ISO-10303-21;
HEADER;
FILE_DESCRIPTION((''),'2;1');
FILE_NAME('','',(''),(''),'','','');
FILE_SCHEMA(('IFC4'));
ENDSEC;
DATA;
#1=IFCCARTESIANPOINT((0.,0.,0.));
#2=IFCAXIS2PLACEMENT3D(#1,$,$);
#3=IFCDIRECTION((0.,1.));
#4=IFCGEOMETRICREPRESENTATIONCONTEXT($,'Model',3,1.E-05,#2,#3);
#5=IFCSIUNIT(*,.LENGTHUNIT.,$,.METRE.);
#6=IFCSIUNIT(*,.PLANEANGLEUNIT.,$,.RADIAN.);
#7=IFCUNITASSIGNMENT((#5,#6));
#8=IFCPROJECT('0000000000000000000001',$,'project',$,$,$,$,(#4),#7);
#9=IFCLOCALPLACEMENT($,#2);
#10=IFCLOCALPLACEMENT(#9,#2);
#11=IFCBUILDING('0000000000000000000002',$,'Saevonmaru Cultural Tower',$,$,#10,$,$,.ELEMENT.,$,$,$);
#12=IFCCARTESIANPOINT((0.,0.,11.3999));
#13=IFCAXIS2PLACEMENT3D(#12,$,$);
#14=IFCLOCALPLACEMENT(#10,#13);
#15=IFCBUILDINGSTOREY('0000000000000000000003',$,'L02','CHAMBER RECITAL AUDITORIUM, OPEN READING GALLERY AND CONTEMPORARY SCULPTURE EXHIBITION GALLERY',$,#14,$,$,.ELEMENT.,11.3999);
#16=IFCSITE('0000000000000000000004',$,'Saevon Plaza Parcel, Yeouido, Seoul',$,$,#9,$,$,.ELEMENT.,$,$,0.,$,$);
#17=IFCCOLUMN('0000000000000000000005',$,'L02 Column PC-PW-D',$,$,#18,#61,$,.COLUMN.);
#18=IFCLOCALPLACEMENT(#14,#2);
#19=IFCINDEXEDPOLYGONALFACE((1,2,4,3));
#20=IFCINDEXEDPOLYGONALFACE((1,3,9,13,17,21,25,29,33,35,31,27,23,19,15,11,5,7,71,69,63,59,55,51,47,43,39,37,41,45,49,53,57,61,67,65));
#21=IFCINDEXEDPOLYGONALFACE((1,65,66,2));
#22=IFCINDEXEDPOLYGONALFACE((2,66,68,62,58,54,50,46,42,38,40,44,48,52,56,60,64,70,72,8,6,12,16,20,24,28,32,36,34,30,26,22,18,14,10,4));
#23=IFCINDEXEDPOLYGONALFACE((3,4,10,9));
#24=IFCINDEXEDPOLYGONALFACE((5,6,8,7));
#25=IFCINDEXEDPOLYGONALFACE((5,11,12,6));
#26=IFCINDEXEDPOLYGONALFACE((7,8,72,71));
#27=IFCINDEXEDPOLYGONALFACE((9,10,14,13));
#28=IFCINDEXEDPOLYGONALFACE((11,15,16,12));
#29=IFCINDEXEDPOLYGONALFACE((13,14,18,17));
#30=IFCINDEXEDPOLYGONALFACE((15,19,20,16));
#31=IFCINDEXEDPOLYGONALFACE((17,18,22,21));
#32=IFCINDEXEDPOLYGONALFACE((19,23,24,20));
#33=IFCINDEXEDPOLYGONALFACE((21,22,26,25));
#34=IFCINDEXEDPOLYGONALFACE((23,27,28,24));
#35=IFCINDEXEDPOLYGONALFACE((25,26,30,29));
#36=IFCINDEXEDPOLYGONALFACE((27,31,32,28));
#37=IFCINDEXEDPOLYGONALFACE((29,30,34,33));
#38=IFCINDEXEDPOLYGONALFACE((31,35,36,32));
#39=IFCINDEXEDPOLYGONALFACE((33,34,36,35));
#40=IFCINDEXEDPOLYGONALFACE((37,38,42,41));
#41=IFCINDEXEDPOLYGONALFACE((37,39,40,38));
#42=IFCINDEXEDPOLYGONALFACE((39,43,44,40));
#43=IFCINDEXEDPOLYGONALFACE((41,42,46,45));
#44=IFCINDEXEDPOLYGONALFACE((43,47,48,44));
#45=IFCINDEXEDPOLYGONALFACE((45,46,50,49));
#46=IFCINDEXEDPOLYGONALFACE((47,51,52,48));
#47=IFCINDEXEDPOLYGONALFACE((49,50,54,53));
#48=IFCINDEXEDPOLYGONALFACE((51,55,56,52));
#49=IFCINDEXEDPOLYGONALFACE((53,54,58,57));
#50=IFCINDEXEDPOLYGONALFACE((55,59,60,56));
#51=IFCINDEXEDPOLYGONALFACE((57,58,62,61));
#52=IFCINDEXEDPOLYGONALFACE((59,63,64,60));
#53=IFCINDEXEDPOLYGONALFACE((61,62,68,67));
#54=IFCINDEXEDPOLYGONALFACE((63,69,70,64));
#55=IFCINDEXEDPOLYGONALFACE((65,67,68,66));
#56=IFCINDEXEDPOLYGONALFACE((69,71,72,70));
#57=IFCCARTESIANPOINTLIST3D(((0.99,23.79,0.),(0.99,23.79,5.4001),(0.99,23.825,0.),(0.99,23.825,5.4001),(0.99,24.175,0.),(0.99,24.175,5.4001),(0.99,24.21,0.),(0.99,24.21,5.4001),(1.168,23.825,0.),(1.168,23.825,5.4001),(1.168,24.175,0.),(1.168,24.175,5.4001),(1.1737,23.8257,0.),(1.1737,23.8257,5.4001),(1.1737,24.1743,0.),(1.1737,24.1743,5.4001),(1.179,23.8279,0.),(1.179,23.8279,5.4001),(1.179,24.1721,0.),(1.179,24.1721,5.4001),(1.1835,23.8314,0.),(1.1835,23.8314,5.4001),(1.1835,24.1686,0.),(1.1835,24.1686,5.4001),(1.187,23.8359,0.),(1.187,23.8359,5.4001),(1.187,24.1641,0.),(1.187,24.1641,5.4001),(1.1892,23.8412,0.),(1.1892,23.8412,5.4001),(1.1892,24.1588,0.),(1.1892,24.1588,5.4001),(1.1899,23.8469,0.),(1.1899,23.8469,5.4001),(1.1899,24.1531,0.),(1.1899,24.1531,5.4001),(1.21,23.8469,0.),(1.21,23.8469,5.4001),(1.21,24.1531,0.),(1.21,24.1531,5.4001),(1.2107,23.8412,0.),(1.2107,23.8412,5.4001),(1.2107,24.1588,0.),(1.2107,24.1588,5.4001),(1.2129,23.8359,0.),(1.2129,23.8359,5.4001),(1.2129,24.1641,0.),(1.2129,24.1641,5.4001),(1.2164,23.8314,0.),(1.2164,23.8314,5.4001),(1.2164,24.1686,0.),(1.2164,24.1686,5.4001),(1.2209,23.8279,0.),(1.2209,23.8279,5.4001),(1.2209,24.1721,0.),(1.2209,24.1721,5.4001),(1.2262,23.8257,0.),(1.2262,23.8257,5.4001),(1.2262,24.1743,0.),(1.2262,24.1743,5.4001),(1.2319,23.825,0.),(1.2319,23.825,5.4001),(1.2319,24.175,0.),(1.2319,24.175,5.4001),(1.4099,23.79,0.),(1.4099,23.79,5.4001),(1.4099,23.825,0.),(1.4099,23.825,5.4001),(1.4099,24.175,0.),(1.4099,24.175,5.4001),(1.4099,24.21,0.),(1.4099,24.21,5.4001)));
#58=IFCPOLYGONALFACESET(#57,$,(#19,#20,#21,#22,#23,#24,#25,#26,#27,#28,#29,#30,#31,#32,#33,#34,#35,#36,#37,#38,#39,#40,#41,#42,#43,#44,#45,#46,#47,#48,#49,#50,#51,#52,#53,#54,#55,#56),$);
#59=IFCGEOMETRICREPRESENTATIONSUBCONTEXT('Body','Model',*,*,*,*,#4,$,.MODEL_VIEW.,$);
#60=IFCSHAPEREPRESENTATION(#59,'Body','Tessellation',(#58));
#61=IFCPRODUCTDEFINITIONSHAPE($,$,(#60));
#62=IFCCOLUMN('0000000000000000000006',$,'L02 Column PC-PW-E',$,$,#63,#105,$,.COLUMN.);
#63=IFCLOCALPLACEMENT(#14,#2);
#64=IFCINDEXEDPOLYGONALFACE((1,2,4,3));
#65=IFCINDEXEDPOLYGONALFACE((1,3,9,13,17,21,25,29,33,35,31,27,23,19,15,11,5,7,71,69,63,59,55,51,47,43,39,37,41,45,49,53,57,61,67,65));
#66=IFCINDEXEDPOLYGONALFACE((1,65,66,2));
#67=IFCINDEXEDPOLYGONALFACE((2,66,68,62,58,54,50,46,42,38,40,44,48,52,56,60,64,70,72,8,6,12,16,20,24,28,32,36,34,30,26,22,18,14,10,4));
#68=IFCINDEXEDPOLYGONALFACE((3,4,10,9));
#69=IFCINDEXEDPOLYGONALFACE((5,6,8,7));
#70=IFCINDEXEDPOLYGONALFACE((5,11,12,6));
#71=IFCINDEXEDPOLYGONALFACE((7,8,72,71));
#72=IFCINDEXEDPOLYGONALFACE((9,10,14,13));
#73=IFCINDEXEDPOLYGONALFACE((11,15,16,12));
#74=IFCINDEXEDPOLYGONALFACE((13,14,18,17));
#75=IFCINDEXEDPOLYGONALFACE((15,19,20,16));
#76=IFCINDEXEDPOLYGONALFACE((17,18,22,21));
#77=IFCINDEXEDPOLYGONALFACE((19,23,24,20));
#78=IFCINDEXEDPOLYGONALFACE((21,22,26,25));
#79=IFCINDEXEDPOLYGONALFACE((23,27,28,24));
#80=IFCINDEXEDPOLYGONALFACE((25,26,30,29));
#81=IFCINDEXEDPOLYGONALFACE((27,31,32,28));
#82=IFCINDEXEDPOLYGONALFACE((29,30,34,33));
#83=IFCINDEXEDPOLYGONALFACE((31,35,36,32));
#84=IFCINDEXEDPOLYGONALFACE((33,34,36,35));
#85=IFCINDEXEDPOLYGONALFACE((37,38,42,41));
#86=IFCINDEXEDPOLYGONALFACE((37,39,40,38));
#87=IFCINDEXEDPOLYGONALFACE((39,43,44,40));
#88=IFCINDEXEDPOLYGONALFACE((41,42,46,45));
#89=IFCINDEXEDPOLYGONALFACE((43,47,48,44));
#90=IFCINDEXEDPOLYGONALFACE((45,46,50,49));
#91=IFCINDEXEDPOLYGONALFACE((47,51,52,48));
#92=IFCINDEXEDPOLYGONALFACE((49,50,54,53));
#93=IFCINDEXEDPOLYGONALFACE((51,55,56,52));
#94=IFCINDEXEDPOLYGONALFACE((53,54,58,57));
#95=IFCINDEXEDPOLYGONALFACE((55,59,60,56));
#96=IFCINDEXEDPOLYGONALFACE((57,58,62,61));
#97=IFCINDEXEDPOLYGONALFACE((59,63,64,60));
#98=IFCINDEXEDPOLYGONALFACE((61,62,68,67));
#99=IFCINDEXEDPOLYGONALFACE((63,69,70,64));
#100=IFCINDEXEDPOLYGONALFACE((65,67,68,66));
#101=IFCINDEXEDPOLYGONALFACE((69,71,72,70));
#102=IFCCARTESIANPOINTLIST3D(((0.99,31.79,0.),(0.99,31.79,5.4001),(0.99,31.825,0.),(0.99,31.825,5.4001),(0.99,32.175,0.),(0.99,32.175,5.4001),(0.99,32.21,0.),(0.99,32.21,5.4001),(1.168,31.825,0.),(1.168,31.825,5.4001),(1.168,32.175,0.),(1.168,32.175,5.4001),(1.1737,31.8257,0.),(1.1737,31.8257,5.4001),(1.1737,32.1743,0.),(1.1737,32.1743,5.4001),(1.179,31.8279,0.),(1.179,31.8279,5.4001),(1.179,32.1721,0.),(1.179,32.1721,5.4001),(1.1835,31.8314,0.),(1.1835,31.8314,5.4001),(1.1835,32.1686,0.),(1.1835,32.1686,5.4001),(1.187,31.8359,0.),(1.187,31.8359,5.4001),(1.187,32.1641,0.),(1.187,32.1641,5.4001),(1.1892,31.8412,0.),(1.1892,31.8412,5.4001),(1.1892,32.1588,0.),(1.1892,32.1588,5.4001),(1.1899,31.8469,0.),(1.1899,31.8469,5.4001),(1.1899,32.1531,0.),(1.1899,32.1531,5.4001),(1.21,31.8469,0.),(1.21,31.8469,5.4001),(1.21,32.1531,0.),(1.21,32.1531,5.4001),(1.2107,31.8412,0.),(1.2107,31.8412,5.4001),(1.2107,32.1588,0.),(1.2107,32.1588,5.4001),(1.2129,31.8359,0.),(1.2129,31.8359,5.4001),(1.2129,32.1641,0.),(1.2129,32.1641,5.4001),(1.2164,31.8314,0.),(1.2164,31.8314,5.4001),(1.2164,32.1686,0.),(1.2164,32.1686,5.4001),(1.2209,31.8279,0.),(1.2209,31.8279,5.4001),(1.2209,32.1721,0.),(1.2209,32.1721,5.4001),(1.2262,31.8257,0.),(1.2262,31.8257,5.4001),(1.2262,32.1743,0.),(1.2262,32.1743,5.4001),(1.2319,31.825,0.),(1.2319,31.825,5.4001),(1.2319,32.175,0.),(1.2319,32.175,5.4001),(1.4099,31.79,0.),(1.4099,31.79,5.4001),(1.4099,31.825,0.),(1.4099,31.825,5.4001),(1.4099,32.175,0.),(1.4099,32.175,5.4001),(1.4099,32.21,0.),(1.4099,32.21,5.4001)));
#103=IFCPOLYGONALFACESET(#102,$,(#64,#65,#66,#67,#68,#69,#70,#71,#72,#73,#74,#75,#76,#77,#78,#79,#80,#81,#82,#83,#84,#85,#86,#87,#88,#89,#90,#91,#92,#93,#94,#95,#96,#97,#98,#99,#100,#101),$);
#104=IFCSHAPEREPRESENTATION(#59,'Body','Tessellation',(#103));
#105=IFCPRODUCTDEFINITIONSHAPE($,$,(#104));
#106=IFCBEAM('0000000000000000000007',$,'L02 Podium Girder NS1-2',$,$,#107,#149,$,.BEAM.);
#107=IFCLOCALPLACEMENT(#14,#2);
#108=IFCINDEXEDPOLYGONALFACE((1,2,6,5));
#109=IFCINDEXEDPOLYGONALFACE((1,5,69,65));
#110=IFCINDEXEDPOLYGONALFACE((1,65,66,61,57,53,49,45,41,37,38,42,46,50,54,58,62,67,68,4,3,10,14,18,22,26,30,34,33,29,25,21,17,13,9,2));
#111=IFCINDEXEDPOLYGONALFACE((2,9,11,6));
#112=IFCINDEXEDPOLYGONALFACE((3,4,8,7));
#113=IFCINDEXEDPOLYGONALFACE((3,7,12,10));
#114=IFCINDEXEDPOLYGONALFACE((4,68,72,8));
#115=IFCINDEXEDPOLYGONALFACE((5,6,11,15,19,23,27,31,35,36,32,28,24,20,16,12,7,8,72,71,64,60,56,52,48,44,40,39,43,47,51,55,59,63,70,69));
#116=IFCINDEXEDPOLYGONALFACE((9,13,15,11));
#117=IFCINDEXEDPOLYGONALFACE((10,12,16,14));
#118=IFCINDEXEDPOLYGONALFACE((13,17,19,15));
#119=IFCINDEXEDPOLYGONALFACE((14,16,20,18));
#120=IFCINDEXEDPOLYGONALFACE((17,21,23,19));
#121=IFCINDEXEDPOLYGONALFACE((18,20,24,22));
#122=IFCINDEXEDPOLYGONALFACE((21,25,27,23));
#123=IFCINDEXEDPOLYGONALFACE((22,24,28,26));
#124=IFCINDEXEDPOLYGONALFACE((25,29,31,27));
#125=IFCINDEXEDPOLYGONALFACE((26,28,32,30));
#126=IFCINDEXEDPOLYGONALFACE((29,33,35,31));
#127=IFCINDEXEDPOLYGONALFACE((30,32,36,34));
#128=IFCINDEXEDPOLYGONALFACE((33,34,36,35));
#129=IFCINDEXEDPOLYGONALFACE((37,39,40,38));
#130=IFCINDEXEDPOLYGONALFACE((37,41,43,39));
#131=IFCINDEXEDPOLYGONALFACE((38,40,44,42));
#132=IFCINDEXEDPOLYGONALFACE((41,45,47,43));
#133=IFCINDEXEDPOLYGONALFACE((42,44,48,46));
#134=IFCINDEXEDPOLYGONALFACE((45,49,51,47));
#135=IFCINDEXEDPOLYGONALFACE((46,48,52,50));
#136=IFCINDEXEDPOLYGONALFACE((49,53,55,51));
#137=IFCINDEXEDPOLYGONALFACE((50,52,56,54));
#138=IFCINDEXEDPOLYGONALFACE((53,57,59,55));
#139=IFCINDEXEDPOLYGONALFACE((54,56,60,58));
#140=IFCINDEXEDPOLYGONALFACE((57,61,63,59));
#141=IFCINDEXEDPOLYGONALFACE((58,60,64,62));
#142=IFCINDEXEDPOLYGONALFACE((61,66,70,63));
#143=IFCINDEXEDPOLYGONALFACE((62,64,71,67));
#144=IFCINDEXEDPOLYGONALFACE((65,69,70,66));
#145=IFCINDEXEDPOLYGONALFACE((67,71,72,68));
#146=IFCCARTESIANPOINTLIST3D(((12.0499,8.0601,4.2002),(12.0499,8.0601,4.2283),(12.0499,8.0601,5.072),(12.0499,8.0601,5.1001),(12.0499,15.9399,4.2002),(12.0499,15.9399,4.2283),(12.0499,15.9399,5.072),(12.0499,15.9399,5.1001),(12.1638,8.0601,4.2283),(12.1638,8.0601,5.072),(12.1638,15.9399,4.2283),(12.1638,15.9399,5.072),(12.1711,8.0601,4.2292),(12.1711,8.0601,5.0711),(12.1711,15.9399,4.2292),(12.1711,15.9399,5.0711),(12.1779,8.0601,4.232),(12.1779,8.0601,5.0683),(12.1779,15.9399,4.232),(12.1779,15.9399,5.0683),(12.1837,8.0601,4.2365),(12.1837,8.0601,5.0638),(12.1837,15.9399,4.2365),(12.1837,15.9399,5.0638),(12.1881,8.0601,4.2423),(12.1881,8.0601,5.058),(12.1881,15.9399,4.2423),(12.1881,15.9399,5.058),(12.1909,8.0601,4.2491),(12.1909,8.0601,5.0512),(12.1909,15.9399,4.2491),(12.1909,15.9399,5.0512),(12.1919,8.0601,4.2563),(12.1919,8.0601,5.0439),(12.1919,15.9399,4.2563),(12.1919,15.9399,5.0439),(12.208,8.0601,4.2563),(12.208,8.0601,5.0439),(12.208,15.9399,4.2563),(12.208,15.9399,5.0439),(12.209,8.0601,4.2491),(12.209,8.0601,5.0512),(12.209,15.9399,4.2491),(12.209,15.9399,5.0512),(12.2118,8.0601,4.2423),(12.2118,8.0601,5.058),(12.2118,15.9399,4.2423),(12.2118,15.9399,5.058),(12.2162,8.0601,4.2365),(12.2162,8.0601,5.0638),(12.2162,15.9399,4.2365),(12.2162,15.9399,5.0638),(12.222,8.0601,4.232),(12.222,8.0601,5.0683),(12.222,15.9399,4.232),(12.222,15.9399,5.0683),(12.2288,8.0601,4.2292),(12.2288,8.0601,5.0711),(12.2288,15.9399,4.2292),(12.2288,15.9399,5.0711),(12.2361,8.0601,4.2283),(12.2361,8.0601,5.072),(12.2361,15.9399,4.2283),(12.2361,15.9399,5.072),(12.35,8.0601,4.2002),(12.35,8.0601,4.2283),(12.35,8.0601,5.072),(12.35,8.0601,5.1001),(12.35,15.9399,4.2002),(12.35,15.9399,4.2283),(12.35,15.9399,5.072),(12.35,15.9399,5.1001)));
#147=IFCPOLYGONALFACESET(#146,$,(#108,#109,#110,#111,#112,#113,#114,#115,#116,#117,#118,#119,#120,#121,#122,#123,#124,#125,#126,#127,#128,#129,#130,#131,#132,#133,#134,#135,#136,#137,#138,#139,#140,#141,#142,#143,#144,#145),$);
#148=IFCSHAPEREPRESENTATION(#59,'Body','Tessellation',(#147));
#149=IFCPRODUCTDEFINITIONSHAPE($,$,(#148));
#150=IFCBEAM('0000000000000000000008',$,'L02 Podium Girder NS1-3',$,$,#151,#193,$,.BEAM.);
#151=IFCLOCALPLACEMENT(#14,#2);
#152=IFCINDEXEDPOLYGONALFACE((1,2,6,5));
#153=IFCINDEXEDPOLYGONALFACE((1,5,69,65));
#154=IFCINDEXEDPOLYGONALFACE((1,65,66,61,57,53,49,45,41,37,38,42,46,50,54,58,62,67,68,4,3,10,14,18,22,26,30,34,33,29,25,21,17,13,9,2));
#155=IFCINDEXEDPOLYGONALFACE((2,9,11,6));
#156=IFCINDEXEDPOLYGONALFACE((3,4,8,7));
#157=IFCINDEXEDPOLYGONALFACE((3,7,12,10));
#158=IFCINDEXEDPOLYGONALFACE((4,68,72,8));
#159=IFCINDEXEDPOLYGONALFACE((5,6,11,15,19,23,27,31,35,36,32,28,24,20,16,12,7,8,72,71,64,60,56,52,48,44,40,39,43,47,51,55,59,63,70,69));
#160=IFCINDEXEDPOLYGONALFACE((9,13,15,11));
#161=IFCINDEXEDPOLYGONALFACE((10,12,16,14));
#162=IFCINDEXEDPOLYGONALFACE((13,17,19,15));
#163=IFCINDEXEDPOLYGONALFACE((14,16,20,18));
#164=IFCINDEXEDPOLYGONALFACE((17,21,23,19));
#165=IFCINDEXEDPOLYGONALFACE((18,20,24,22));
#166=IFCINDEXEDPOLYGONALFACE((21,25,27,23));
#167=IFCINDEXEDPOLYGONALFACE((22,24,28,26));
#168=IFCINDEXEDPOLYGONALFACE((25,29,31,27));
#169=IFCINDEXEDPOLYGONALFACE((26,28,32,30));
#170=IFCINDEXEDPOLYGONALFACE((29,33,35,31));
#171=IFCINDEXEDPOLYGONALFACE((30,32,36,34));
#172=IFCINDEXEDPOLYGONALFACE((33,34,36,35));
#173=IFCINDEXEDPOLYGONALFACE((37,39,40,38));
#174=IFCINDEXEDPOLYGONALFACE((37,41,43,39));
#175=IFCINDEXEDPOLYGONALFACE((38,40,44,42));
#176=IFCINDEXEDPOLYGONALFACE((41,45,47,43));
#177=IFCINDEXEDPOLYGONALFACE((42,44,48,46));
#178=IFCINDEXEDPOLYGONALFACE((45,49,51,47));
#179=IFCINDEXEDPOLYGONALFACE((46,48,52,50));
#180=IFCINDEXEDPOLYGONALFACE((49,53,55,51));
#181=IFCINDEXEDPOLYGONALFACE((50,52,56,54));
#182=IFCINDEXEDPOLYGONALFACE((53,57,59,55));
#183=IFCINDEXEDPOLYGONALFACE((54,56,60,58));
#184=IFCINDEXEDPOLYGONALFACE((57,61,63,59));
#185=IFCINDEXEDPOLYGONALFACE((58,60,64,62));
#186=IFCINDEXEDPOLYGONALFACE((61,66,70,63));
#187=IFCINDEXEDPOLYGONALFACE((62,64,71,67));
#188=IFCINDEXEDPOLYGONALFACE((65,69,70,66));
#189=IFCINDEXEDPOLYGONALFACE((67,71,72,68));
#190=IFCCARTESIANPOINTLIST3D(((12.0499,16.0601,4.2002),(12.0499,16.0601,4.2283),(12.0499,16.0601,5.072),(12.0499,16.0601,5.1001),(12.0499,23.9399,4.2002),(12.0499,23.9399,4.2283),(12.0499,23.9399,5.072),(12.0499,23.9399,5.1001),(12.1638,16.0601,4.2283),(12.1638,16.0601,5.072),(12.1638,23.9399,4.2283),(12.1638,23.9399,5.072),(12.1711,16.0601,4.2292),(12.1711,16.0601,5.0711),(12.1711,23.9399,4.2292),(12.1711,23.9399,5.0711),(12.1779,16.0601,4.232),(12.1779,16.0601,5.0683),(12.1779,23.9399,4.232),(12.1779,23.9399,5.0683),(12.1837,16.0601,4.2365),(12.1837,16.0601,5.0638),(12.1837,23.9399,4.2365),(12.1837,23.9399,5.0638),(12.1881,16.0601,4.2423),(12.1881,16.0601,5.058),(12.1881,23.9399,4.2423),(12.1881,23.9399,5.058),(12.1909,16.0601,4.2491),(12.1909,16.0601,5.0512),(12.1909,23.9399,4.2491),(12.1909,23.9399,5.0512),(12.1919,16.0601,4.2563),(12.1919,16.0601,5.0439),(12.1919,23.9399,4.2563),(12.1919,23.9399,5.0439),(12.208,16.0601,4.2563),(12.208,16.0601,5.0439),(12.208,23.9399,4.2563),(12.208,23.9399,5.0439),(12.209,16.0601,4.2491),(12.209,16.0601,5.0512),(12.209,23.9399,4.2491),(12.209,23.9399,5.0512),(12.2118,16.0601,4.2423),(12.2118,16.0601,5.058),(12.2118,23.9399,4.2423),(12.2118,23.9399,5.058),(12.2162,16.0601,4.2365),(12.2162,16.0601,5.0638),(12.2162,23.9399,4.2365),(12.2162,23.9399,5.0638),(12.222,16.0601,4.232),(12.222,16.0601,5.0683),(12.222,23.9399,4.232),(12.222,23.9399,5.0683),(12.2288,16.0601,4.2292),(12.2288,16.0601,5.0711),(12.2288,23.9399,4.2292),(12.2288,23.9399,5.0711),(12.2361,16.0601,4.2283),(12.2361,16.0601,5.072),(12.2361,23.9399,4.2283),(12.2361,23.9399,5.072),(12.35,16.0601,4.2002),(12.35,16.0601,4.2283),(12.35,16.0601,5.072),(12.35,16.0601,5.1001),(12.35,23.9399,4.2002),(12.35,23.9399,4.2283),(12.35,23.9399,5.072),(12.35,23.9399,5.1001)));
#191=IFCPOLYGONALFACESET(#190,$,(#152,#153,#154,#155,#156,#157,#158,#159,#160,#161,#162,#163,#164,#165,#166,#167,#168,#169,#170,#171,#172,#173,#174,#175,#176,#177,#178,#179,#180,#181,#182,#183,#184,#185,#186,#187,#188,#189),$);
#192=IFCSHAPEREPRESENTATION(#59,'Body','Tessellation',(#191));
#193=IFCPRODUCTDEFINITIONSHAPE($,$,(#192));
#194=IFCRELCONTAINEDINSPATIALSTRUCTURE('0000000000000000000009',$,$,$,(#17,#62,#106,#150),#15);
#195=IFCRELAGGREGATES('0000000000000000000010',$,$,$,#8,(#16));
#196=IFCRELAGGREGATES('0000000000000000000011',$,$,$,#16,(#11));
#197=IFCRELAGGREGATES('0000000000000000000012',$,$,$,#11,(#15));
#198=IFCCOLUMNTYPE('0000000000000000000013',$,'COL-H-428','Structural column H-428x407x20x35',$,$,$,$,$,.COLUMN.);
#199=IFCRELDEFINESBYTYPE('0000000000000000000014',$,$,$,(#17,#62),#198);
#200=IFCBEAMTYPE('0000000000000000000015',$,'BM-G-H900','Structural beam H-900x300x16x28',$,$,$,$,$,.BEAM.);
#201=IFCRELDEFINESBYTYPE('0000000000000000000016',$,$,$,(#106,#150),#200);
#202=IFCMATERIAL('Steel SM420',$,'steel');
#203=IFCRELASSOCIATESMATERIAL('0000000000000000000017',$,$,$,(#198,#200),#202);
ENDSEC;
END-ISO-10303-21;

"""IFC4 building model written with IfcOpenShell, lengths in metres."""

from ifc_helpers import new_model, si_unit, direction, frame, origin, origin_2d, place, context, subcontext, project, spatial, i_section, extrude, material, material_profile, profile_set, type_object, element, save


model = new_model("IFC4")

# Units and contexts
model_context = context("Model", 3, precision=1e-05, world=origin(), true_north=direction((0.0, 1.0)))
body_context = subcontext(model_context, "Body", "Model", "MODEL_VIEW")
ifc_project = project(units=[si_unit("LENGTHUNIT", "METRE"), si_unit("PLANEANGLEUNIT", "RADIAN")], contexts=[model_context])

# Site, building, storey
site_placement = place(None, origin())
site = spatial("IfcSite", under=ifc_project, at=site_placement, Name="Saevon Plaza Parcel, Yeouido, Seoul", CompositionType="ELEMENT", RefElevation=0.0)
building_placement = place(site_placement, origin())
building = spatial("IfcBuilding", under=site, at=building_placement, Name="Saevonmaru Cultural Tower", CompositionType="ELEMENT")
storey_placement = place(building_placement, frame((0.0, 0.0, 11.3999)))
storey = spatial("IfcBuildingStorey", under=building, at=storey_placement, Name="L02", Description="CHAMBER RECITAL AUDITORIUM, OPEN READING GALLERY AND CONTEMPORARY SCULPTURE EXHIBITION GALLERY", CompositionType="ELEMENT", Elevation=11.3999)

# Columns
ifc_material_1 = material(Name="Steel SM420", Category="steel")
ifc_material_profile_1 = material_profile(ifc_material_1, i_section(OverallWidth=0.4199, OverallDepth=0.4199, WebThickness=0.02, FlangeThickness=0.0349, FilletRadius=0.022, at=origin_2d()), Name="H-428x407x20x35")
ifc_profile_set_1 = profile_set([ifc_material_profile_1], Name="Steel SM420")
column_type_1 = type_object("IfcColumnType", Name="COL-H-428", Description="Structural column H-428x407x20x35", PredefinedType="COLUMN", material=ifc_profile_set_1)
for number, where, z_axis, x_axis, name in (
    (1, (1.2, 24.0, 0.0), (0.0, 0.0, 1.0), (1.0, 0.0, 0.0), "L02 Column PC-PW-D"),
    (2, (1.2, 32.0, 0.0), (0.0, 0.0, 1.0), (1.0, 0.0, 0.0), "L02 Column PC-PW-E"),
):
    element("IfcColumn", number, at=place(storey_placement, frame(where, z_axis=z_axis, x_axis=x_axis)), inside=storey, type_object=column_type_1, Name=name, PredefinedType="COLUMN", context=body_context, shape_type="SweptSolid", body=[
        extrude(i_section(OverallWidth=0.4199, OverallDepth=0.4199, WebThickness=0.02, FlangeThickness=0.0349, FilletRadius=0.022, at=origin_2d()), origin(), (0.0, 0.0, 1.0), 5.4001),
    ])

# Beams
ifc_material_profile_2 = material_profile(ifc_material_1, i_section(OverallWidth=0.3, OverallDepth=0.8999, WebThickness=0.0161, FlangeThickness=0.0281, FilletRadius=0.0281, at=origin_2d()), Name="H-900x300x16x28")
ifc_profile_set_2 = profile_set([ifc_material_profile_2], Name="Steel SM420")
beam_type_1 = type_object("IfcBeamType", Name="BM-G-H900", Description="Structural beam H-900x300x16x28", PredefinedType="BEAM", material=ifc_profile_set_2)
for number, where, z_axis, x_axis, name in (
    (3, (12.2, 8.0601, 4.6501), (0.0, 1.0, 0.0), (-1.0, 0.0, 0.0), "L02 Podium Girder NS1-2"),
    (4, (12.2, 16.0601, 4.6501), (0.0, 1.0, 0.0), (-1.0, 0.0, 0.0), "L02 Podium Girder NS1-3"),
):
    element("IfcBeam", number, at=place(storey_placement, frame(where, z_axis=z_axis, x_axis=x_axis)), inside=storey, type_object=beam_type_1, Name=name, PredefinedType="BEAM", context=body_context, shape_type="SweptSolid", body=[
        extrude(i_section(OverallWidth=0.3, OverallDepth=0.8999, WebThickness=0.0161, FlangeThickness=0.0281, FilletRadius=0.0281, at=origin_2d()), origin(), (0.0, 0.0, 1.0), 7.8799),
    ])

save(model, "model.ifc")
